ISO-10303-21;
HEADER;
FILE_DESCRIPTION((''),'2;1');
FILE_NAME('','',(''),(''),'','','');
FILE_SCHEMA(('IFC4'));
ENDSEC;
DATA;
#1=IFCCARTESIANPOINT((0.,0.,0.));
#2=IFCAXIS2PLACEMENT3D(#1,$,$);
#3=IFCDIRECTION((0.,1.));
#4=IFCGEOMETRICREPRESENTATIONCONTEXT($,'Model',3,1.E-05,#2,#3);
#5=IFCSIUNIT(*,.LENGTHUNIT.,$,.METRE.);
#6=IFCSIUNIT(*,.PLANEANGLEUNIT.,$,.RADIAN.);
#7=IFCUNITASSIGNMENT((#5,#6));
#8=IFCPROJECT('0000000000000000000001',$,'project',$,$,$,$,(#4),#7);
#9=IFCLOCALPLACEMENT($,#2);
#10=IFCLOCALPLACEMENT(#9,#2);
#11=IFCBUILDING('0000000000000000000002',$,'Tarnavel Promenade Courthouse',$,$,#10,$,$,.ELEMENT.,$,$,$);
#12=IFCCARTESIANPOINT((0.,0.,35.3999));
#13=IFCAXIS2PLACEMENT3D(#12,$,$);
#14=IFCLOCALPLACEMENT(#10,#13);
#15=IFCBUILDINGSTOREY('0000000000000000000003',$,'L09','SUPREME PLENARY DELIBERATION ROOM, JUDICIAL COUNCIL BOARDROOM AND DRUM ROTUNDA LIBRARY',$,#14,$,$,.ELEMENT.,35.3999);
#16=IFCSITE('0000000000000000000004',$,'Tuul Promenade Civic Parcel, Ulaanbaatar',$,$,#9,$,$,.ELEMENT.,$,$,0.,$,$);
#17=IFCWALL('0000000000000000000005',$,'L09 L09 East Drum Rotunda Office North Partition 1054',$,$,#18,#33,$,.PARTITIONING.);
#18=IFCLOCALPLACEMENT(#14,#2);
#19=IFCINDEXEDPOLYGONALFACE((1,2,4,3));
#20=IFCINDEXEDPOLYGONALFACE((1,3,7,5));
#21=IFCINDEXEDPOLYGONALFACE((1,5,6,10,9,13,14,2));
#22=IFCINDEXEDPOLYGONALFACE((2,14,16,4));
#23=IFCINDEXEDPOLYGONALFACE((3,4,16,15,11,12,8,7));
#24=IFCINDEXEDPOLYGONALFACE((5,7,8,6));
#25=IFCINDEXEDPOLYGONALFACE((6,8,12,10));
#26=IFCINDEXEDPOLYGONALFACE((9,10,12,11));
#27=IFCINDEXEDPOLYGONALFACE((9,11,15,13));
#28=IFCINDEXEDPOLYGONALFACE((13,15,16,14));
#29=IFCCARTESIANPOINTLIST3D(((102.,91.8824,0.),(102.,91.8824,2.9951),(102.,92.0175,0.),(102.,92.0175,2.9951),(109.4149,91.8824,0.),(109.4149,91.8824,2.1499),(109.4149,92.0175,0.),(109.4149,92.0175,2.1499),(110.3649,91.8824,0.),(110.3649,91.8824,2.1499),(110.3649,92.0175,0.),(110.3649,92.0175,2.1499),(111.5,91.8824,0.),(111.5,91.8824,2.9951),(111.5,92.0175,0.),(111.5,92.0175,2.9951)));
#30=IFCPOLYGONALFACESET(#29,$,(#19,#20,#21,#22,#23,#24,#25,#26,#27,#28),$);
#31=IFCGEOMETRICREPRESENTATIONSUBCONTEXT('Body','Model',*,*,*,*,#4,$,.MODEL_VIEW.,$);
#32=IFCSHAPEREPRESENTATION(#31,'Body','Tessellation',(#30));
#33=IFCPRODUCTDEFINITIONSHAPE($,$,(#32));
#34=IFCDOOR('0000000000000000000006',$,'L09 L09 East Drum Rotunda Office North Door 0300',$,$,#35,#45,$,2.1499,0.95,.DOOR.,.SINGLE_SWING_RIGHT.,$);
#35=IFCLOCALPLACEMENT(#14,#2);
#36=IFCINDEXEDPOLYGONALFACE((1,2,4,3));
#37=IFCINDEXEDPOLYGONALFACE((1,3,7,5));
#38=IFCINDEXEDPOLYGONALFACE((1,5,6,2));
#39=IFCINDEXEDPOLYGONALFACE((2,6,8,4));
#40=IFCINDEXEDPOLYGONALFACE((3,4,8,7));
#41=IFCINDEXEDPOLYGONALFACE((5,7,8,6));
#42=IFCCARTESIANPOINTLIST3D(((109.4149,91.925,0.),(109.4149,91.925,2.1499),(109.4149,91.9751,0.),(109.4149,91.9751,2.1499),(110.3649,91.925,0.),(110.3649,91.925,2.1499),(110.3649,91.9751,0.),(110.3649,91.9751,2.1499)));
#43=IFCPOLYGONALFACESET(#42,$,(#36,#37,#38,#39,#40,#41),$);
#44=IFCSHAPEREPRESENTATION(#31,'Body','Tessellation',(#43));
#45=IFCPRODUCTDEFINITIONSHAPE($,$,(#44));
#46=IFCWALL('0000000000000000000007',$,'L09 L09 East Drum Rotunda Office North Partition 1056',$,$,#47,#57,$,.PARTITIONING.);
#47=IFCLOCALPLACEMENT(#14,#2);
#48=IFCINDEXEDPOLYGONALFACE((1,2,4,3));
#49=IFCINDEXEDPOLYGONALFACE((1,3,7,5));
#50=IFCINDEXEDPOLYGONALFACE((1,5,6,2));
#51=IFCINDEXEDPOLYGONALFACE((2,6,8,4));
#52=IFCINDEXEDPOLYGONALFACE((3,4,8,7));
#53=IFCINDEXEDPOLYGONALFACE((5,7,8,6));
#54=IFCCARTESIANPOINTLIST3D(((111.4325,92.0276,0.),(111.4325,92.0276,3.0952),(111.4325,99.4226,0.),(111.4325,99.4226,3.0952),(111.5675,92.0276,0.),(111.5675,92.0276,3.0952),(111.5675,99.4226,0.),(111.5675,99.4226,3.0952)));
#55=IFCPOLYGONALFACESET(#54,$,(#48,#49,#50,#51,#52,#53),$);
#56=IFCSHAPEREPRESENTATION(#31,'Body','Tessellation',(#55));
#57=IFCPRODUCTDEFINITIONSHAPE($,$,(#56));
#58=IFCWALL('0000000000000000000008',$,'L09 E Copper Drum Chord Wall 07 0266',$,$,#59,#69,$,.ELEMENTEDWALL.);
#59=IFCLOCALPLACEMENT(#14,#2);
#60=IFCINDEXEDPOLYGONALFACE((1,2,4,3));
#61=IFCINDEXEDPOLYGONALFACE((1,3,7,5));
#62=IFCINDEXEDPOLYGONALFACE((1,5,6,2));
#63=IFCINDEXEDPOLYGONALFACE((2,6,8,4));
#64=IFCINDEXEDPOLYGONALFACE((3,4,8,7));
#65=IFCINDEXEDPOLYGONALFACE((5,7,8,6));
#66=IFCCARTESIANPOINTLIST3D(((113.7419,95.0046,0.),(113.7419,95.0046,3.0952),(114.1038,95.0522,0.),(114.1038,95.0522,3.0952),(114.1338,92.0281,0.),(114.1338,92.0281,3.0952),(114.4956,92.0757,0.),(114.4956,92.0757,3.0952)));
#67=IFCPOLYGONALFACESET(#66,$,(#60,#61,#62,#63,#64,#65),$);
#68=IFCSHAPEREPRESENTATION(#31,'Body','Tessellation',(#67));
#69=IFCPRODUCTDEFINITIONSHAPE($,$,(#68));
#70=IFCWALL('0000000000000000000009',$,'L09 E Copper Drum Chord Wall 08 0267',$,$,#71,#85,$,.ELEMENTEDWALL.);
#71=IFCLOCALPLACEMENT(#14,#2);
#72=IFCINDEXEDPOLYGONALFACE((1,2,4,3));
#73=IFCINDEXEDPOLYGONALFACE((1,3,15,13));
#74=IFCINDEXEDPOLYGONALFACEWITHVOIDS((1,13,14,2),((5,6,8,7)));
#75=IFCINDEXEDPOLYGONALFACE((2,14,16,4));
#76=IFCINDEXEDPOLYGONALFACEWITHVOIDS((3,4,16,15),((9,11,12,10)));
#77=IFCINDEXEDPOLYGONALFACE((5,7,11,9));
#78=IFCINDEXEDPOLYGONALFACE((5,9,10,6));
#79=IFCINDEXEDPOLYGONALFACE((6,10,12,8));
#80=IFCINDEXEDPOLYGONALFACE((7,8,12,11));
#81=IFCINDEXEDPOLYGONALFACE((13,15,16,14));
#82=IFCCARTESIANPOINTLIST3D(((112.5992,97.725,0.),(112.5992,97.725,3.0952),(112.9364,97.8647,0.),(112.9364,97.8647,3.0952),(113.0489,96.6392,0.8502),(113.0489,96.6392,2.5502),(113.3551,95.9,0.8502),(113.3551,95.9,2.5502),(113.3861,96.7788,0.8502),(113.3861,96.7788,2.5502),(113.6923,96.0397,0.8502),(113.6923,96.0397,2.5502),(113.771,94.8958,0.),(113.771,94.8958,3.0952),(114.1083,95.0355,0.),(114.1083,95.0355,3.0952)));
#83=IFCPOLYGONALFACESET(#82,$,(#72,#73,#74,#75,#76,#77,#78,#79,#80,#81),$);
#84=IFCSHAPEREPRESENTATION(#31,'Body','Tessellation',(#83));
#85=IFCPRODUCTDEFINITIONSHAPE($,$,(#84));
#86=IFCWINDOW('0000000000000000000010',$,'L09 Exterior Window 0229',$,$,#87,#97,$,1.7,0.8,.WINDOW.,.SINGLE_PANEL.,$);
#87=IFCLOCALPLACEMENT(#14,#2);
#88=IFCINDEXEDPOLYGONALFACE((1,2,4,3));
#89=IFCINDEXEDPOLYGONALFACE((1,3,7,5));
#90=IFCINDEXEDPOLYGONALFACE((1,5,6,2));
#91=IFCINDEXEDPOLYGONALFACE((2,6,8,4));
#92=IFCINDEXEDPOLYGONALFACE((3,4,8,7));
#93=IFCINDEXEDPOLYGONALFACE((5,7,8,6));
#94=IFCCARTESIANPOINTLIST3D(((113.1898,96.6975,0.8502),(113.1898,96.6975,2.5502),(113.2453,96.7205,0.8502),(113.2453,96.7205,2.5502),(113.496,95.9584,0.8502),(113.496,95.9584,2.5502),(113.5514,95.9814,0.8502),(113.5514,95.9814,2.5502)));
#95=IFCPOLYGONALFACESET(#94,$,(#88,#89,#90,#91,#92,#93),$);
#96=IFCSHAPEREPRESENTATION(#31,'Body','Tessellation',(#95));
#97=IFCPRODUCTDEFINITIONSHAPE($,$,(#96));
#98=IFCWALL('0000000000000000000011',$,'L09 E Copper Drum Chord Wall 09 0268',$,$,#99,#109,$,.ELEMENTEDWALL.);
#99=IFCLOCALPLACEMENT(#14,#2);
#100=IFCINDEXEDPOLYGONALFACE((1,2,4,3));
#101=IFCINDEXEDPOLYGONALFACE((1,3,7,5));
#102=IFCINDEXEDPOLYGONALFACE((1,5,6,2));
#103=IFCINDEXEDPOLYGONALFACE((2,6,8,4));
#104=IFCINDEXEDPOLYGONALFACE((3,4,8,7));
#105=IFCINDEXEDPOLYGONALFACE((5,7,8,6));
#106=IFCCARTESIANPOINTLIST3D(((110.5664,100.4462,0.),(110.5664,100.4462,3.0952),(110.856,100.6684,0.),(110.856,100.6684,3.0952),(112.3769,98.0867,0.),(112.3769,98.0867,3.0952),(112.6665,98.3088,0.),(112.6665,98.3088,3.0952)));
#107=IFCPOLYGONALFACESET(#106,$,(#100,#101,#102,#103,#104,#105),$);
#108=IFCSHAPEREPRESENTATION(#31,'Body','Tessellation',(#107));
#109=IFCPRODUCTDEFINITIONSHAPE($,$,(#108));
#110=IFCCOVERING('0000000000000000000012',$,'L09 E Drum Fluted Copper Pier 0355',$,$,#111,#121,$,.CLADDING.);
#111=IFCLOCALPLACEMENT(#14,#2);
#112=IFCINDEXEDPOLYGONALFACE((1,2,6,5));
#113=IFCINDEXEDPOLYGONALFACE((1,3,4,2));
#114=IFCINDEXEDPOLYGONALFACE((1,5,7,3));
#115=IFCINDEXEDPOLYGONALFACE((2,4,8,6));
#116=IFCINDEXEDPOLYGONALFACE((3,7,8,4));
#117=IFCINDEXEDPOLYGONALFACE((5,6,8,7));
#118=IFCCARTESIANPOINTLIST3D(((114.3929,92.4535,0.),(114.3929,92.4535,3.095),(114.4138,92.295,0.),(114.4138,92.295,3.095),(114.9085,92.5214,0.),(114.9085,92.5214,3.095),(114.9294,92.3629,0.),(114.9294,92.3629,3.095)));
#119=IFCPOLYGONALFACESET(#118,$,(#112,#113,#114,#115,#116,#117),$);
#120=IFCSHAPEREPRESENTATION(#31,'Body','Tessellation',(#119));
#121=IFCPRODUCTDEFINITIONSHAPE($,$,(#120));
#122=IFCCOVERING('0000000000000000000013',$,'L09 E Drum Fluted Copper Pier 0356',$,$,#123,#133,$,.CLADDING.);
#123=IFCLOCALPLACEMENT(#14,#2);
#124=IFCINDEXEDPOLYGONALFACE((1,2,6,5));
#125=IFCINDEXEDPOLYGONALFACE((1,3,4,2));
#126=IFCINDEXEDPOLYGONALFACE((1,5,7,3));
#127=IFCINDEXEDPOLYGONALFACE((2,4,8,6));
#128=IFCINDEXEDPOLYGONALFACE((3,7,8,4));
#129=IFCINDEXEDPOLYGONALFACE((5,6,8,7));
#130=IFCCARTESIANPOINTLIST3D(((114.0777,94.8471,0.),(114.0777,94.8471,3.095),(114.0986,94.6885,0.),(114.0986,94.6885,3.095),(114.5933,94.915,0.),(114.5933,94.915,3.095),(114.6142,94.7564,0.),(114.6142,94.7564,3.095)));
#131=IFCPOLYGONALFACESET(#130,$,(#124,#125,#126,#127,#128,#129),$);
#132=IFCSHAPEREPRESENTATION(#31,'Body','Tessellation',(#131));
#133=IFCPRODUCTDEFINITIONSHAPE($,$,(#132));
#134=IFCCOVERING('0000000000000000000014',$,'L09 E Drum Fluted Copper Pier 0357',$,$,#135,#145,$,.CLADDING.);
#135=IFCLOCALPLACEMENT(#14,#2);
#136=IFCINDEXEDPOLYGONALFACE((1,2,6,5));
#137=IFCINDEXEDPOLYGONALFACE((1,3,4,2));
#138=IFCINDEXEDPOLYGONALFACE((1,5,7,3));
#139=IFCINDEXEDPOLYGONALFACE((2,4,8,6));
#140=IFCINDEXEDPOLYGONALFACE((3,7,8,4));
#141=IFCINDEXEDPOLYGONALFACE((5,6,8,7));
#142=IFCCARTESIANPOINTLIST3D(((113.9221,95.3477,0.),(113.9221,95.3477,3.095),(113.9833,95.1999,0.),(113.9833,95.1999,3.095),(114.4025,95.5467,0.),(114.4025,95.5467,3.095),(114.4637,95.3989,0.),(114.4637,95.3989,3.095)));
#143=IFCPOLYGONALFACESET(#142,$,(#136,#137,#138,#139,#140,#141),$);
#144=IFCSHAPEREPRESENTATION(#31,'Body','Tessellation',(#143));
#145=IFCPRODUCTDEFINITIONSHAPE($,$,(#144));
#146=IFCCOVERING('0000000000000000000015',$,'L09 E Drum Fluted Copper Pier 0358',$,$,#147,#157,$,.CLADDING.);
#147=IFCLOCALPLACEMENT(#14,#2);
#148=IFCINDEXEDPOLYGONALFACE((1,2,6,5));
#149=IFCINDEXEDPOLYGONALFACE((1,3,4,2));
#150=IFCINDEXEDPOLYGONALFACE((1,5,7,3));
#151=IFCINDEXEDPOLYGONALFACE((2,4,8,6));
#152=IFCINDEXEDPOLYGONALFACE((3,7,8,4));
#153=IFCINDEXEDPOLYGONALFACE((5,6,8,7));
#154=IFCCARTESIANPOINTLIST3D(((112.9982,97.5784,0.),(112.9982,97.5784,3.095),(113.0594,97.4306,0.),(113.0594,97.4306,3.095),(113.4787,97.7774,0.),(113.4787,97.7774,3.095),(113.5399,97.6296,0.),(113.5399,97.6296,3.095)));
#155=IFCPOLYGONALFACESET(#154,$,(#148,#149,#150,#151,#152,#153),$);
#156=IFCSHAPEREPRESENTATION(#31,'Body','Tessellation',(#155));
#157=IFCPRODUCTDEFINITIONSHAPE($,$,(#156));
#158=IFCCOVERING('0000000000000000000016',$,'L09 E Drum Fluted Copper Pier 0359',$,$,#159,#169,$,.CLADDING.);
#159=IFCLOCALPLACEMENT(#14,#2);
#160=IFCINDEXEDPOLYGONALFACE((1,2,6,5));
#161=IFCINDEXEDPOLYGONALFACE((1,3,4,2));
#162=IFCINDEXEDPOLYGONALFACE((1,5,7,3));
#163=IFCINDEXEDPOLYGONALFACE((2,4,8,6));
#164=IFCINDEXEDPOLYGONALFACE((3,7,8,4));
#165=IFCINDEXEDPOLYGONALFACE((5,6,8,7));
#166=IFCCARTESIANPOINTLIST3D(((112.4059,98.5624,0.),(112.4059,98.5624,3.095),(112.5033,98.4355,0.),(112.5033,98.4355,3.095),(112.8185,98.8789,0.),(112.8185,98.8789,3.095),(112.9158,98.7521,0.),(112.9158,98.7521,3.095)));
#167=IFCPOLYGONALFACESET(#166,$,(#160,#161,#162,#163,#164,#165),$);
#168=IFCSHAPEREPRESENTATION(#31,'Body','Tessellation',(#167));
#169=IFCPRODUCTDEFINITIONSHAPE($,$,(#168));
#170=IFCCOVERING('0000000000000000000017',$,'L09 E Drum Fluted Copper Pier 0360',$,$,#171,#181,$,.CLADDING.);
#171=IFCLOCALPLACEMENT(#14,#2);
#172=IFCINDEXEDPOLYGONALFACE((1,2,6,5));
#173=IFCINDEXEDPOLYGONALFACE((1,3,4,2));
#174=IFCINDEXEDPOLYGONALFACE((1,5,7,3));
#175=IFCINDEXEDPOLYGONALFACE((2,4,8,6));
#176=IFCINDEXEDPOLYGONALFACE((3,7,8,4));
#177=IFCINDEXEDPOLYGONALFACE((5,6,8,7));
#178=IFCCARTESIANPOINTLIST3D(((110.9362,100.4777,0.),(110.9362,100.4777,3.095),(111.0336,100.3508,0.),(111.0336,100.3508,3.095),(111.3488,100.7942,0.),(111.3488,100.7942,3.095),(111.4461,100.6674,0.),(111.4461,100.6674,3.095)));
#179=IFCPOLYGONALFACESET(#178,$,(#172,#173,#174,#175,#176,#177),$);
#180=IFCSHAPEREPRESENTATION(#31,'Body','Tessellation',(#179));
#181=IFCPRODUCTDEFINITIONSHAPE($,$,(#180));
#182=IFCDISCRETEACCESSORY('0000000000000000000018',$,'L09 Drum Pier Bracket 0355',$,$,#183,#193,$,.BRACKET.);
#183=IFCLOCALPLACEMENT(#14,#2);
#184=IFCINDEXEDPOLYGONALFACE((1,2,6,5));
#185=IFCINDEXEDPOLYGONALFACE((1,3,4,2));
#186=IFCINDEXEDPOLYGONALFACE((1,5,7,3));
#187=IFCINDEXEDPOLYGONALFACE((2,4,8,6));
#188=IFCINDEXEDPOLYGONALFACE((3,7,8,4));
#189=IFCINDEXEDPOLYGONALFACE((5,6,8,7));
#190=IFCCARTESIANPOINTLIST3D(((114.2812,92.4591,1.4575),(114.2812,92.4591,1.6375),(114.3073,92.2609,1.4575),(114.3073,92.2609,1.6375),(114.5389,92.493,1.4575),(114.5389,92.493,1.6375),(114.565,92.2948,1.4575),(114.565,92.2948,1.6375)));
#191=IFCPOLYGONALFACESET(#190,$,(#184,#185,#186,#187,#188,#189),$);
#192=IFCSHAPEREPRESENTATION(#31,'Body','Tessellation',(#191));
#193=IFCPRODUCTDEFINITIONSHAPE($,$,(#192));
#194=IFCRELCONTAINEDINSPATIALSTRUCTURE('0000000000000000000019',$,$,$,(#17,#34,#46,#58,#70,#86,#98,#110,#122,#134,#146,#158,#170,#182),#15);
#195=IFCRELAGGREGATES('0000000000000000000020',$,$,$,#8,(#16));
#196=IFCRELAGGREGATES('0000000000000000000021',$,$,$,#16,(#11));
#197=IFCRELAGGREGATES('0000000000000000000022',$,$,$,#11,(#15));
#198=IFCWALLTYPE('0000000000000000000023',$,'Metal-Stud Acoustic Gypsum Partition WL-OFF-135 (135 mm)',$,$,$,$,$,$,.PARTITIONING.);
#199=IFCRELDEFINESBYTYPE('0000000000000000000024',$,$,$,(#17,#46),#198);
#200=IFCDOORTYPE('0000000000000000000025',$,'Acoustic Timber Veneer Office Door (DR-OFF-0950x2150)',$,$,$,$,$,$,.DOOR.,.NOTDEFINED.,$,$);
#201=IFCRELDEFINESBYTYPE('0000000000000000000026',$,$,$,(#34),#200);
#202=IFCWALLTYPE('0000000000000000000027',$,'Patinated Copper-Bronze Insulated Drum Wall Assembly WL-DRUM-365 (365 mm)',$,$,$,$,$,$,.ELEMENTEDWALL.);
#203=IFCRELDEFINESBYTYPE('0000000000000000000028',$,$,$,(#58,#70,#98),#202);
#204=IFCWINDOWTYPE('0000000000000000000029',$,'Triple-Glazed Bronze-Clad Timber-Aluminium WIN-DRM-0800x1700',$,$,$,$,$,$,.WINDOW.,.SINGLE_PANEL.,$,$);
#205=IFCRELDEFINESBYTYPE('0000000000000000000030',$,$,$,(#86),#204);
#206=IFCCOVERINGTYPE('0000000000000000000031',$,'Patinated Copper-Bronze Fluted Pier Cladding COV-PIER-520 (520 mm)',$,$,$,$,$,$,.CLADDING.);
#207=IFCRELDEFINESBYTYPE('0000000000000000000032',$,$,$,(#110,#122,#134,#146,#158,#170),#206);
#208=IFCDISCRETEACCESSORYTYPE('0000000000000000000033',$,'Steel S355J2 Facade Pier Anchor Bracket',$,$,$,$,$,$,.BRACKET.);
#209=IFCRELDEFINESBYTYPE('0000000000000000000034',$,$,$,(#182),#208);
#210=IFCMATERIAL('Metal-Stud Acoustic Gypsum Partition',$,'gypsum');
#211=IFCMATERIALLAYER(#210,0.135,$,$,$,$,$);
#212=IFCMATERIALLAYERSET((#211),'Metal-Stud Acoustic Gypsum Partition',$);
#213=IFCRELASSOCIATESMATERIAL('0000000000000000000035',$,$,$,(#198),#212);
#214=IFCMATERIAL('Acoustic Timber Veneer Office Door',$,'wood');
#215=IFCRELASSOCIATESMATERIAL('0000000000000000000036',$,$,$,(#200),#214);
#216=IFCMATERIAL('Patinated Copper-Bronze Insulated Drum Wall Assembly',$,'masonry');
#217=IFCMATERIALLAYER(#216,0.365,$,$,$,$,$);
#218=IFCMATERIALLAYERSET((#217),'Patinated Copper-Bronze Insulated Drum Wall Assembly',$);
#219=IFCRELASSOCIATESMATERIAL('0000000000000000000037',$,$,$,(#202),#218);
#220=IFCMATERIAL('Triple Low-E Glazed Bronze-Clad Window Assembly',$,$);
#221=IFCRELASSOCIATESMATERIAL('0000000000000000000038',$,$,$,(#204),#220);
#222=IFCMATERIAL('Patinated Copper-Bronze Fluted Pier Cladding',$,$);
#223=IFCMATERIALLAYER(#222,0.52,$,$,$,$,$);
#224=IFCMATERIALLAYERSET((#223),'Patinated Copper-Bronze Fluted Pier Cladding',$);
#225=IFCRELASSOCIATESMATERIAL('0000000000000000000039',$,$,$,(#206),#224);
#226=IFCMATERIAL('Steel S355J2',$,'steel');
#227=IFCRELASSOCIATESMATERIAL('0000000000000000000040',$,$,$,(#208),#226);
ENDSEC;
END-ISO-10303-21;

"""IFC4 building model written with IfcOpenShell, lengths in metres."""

from ifc_helpers import new_model, si_unit, direction, frame, frame_2d, origin, origin_2d, place, context, subcontext, project, spatial, rectangle, extrude, material, layer, layer_set, type_object, element, fill, save


model = new_model("IFC4")

# Units and contexts
model_context = context("Model", 3, precision=1e-05, world=origin(), true_north=direction((0.0, 1.0)))
body_context = subcontext(model_context, "Body", "Model", "MODEL_VIEW")
ifc_project = project(units=[si_unit("LENGTHUNIT", "METRE"), si_unit("PLANEANGLEUNIT", "RADIAN")], contexts=[model_context])

# Site, building, storey
site_placement = place(None, origin())
site = spatial("IfcSite", under=ifc_project, at=site_placement, Name="Tuul Promenade Civic Parcel, Ulaanbaatar", CompositionType="ELEMENT", RefElevation=0.0)
building_placement = place(site_placement, origin())
building = spatial("IfcBuilding", under=site, at=building_placement, Name="Tarnavel Promenade Courthouse", CompositionType="ELEMENT")
storey_placement = place(building_placement, frame((0.0, 0.0, 35.3999)))
storey = spatial("IfcBuildingStorey", under=building, at=storey_placement, Name="L09", Description="SUPREME PLENARY DELIBERATION ROOM, JUDICIAL COUNCIL BOARDROOM AND DRUM ROTUNDA LIBRARY", CompositionType="ELEMENT", Elevation=35.3999)

# Shared definitions
ifc_material_1 = material(Name="Steel S355J2", Category="steel")

# Wall, opening, door
ifc_material_2 = material(Name="Metal-Stud Acoustic Gypsum Partition", Category="gypsum")
ifc_layer_1 = layer(ifc_material_2, 0.135)
ifc_layer_set_1 = layer_set([ifc_layer_1], Name="Metal-Stud Acoustic Gypsum Partition")
wall_type_1 = type_object("IfcWallType", Name="Metal-Stud Acoustic Gypsum Partition WL-OFF-135 (135 mm)", PredefinedType="PARTITIONING", material=ifc_layer_set_1)
wall_1_placement = place(storey_placement, frame((111.5, 91.95, 0.0), z_axis=(0.0, 0.0, 1.0), x_axis=(-1.0, 0.0, 0.0)))
wall_1 = element("IfcWall", 1, at=wall_1_placement, inside=storey, type_object=wall_type_1, Name="L09 L09 East Drum Rotunda Office North Partition 1054", PredefinedType="PARTITIONING", context=body_context, shape_type="SweptSolid", body=[
    extrude(rectangle(XDim=9.5, YDim=0.135, at=frame_2d((4.75, 0.0))), origin(), (0.0, 0.0, 1.0), 2.9951),
])
opening_1_placement = place(wall_1_placement, frame((1.135, 0.0, 0.0)))
opening_1 = element("IfcOpeningElement", 2, at=opening_1_placement, cuts=wall_1, PredefinedType="OPENING", context=body_context, shape_type="SweptSolid", body=[
    extrude(rectangle(XDim=0.95, YDim=2.1499, at=frame_2d((0.4751, 1.075))), frame((0.0, 0.0774, 0.0), z_axis=(0.0, -1.0, 0.0), x_axis=(1.0, 0.0, 0.0)), (0.0, 0.0, 1.0), 0.155),
])
ifc_material_3 = material(Name="Acoustic Timber Veneer Office Door", Category="wood")
door_type = type_object("IfcDoorType", Name="Acoustic Timber Veneer Office Door (DR-OFF-0950x2150)", OperationType="NOTDEFINED", PredefinedType="DOOR", material=ifc_material_3)
door_placement = place(opening_1_placement, origin())
door = element("IfcDoor", 3, at=door_placement, inside=storey, type_object=door_type, Name="L09 L09 East Drum Rotunda Office North Door 0300", OperationType="SINGLE_SWING_RIGHT", OverallHeight=2.1499, OverallWidth=0.95, PredefinedType="DOOR", context=body_context, shape_type="SweptSolid", body=[
    extrude(rectangle(XDim=0.95, YDim=2.1499, at=frame_2d((0.4751, 1.075))), frame((0.0, 0.0249, 0.0), z_axis=(0.0, -1.0, 0.0), x_axis=(1.0, 0.0, 0.0)), (0.0, 0.0, 1.0), 0.05),
])
fill(opening_1, door)

# Walls
wall_2_placement = place(storey_placement, frame((111.5, 99.4226, 0.0), z_axis=(0.0, 0.0, 1.0), x_axis=(0.0, -1.0, 0.0)))
element("IfcWall", 4, at=wall_2_placement, inside=storey, type_object=wall_type_1, Name="L09 L09 East Drum Rotunda Office North Partition 1056", PredefinedType="PARTITIONING", context=body_context, shape_type="SweptSolid", body=[
    extrude(rectangle(XDim=7.395, YDim=0.135, at=frame_2d((3.6975, 0.0))), origin(), (0.0, 0.0, 1.0), 3.0952),
])
ifc_material_4 = material(Name="Patinated Copper-Bronze Insulated Drum Wall Assembly", Category="masonry")
ifc_layer_2 = layer(ifc_material_4, 0.365)
ifc_layer_set_2 = layer_set([ifc_layer_2], Name="Patinated Copper-Bronze Insulated Drum Wall Assembly")
wall_type_2 = type_object("IfcWallType", Name="Patinated Copper-Bronze Insulated Drum Wall Assembly WL-DRUM-365 (365 mm)", PredefinedType="ELEMENTEDWALL", material=ifc_layer_set_2)
wall_3_placement = place(storey_placement, frame((114.3147, 92.052, 0.0), z_axis=(0.0, 0.0, 1.0), x_axis=(-0.130518, 0.991446, 0.0)))
element("IfcWall", 5, at=wall_3_placement, inside=storey, type_object=wall_type_2, Name="L09 E Copper Drum Chord Wall 07 0266", PredefinedType="ELEMENTEDWALL", context=body_context, shape_type="SweptSolid", body=[
    extrude(rectangle(XDim=3.0022, YDim=0.365, at=frame_2d((1.501, 0.0))), origin(), (0.0, 0.0, 1.0), 3.0952),
])

# Wall, opening, window
wall_4_placement = place(storey_placement, frame((113.9397, 94.9656, 0.0), z_axis=(0.0, 0.0, 1.0), x_axis=(-0.38269, 0.923877, 0.0)))
wall_4 = element("IfcWall", 6, at=wall_4_placement, inside=storey, type_object=wall_type_2, Name="L09 E Copper Drum Chord Wall 08 0267", PredefinedType="ELEMENTEDWALL", context=body_context, shape_type="SweptSolid", body=[
    extrude(rectangle(XDim=3.0623, YDim=0.365, at=frame_2d((1.5312, 0.0))), origin(), (0.0, 0.0, 1.0), 3.0952),
])
opening_2_placement = place(wall_4_placement, frame((1.0872, 0.0, 0.8501)))
opening_2 = element("IfcOpeningElement", 7, at=opening_2_placement, cuts=wall_4, PredefinedType="OPENING", context=body_context, shape_type="SweptSolid", body=[
    extrude(rectangle(XDim=0.8, YDim=1.7, at=frame_2d((0.3999, 0.8501))), frame((0.0, 0.1924, 0.0), z_axis=(0.0, -1.0, 0.0), x_axis=(1.0, 0.0, 0.0)), (0.0, 0.0, 1.0), 0.385),
])
ifc_material_5 = material(Name="Triple Low-E Glazed Bronze-Clad Window Assembly")
window_type = type_object("IfcWindowType", Name="Triple-Glazed Bronze-Clad Timber-Aluminium WIN-DRM-0800x1700", PartitioningType="SINGLE_PANEL", PredefinedType="WINDOW", material=ifc_material_5)
window_placement = place(opening_2_placement, origin())
window = element("IfcWindow", 8, at=window_placement, inside=storey, type_object=window_type, Name="L09 Exterior Window 0229", OverallHeight=1.7, OverallWidth=0.8, PartitioningType="SINGLE_PANEL", PredefinedType="WINDOW", context=body_context, shape_type="SweptSolid", body=[
    extrude(rectangle(XDim=0.8, YDim=1.7, at=frame_2d((0.3999, 0.8501))), frame((0.0, 0.03, 0.0), z_axis=(0.0, -1.0, 0.0), x_axis=(1.0, 0.0, 0.0)), (0.0, 0.0, 1.0), 0.0601),
])
fill(opening_2, window)

# Wall
wall_5_placement = place(storey_placement, frame((112.5217, 98.1978, 0.0), z_axis=(0.0, 0.0, 1.0), x_axis=(-0.60875, 0.793362, 0.0)))
element("IfcWall", 9, at=wall_5_placement, inside=storey, type_object=wall_type_2, Name="L09 E Copper Drum Chord Wall 09 0268", PredefinedType="ELEMENTEDWALL", context=body_context, shape_type="SweptSolid", body=[
    extrude(rectangle(XDim=2.9741, YDim=0.365, at=frame_2d((1.4871, 0.0))), origin(), (0.0, 0.0, 1.0), 3.0952),
])

# Coverings
ifc_material_6 = material(Name="Patinated Copper-Bronze Fluted Pier Cladding")
ifc_layer_3 = layer(ifc_material_6, 0.52)
ifc_layer_set_3 = layer_set([ifc_layer_3], Name="Patinated Copper-Bronze Fluted Pier Cladding")
covering_type = type_object("IfcCoveringType", Name="Patinated Copper-Bronze Fluted Pier Cladding COV-PIER-520 (520 mm)", PredefinedType="CLADDING", material=ifc_layer_set_3)
for number, where, z_axis, x_axis, name in (
    (10, (114.6611, 92.4082, 0.0), (0.0, 0.0, 1.0), (-0.130526, 0.991445, 0.0), "L09 E Drum Fluted Copper Pier 0355"),
    (11, (114.3459, 94.8018, 0.0), (0.0, 0.0, 1.0), (-0.130526, 0.991445, 0.0), "L09 E Drum Fluted Copper Pier 0356"),
    (12, (114.1929, 95.3733, 0.0), (0.0, 0.0, 1.0), (-0.382683, 0.92388, 0.0), "L09 E Drum Fluted Copper Pier 0357"),
    (13, (113.269, 97.604, 0.0), (0.0, 0.0, 1.0), (-0.382683, 0.92388, 0.0), "L09 E Drum Fluted Copper Pier 0358"),
    (14, (112.6609, 98.6572, 0.0), (0.0, 0.0, 1.0), (-0.608761, 0.793353, 0.0), "L09 E Drum Fluted Copper Pier 0359"),
    (15, (111.1912, 100.5725, 0.0), (0.0, 0.0, 1.0), (-0.608761, 0.793353, 0.0), "L09 E Drum Fluted Copper Pier 0360"),
):
    element("IfcCovering", number, at=place(storey_placement, frame(where, z_axis=z_axis, x_axis=x_axis)), inside=storey, type_object=covering_type, Name=name, PredefinedType="CLADDING", context=body_context, shape_type="SweptSolid", body=[
        extrude(rectangle(XDim=0.1599, YDim=0.52, at=origin_2d()), origin(), (0.0, 0.0, 1.0), 3.095),
    ])

# Discrete accessory
discrete_accessory_type = type_object("IfcDiscreteAccessoryType", Name="Steel S355J2 Facade Pier Anchor Bracket", PredefinedType="BRACKET", material=ifc_material_1)
for number, where, z_axis, x_axis, name in (
    (16, (114.4231, 92.377, 1.4575), (0.0, 0.0, 1.0), (-0.130526, 0.991445, 0.0), "L09 Drum Pier Bracket 0355"),
):
    element("IfcDiscreteAccessory", number, at=place(storey_placement, frame(where, z_axis=z_axis, x_axis=x_axis)), inside=storey, type_object=discrete_accessory_type, Name=name, PredefinedType="BRACKET", context=body_context, shape_type="SweptSolid", body=[
        extrude(rectangle(XDim=0.2, YDim=0.26, at=origin_2d()), origin(), (0.0, 0.0, 1.0), 0.1799),
    ])

save(model, "model.ifc")
